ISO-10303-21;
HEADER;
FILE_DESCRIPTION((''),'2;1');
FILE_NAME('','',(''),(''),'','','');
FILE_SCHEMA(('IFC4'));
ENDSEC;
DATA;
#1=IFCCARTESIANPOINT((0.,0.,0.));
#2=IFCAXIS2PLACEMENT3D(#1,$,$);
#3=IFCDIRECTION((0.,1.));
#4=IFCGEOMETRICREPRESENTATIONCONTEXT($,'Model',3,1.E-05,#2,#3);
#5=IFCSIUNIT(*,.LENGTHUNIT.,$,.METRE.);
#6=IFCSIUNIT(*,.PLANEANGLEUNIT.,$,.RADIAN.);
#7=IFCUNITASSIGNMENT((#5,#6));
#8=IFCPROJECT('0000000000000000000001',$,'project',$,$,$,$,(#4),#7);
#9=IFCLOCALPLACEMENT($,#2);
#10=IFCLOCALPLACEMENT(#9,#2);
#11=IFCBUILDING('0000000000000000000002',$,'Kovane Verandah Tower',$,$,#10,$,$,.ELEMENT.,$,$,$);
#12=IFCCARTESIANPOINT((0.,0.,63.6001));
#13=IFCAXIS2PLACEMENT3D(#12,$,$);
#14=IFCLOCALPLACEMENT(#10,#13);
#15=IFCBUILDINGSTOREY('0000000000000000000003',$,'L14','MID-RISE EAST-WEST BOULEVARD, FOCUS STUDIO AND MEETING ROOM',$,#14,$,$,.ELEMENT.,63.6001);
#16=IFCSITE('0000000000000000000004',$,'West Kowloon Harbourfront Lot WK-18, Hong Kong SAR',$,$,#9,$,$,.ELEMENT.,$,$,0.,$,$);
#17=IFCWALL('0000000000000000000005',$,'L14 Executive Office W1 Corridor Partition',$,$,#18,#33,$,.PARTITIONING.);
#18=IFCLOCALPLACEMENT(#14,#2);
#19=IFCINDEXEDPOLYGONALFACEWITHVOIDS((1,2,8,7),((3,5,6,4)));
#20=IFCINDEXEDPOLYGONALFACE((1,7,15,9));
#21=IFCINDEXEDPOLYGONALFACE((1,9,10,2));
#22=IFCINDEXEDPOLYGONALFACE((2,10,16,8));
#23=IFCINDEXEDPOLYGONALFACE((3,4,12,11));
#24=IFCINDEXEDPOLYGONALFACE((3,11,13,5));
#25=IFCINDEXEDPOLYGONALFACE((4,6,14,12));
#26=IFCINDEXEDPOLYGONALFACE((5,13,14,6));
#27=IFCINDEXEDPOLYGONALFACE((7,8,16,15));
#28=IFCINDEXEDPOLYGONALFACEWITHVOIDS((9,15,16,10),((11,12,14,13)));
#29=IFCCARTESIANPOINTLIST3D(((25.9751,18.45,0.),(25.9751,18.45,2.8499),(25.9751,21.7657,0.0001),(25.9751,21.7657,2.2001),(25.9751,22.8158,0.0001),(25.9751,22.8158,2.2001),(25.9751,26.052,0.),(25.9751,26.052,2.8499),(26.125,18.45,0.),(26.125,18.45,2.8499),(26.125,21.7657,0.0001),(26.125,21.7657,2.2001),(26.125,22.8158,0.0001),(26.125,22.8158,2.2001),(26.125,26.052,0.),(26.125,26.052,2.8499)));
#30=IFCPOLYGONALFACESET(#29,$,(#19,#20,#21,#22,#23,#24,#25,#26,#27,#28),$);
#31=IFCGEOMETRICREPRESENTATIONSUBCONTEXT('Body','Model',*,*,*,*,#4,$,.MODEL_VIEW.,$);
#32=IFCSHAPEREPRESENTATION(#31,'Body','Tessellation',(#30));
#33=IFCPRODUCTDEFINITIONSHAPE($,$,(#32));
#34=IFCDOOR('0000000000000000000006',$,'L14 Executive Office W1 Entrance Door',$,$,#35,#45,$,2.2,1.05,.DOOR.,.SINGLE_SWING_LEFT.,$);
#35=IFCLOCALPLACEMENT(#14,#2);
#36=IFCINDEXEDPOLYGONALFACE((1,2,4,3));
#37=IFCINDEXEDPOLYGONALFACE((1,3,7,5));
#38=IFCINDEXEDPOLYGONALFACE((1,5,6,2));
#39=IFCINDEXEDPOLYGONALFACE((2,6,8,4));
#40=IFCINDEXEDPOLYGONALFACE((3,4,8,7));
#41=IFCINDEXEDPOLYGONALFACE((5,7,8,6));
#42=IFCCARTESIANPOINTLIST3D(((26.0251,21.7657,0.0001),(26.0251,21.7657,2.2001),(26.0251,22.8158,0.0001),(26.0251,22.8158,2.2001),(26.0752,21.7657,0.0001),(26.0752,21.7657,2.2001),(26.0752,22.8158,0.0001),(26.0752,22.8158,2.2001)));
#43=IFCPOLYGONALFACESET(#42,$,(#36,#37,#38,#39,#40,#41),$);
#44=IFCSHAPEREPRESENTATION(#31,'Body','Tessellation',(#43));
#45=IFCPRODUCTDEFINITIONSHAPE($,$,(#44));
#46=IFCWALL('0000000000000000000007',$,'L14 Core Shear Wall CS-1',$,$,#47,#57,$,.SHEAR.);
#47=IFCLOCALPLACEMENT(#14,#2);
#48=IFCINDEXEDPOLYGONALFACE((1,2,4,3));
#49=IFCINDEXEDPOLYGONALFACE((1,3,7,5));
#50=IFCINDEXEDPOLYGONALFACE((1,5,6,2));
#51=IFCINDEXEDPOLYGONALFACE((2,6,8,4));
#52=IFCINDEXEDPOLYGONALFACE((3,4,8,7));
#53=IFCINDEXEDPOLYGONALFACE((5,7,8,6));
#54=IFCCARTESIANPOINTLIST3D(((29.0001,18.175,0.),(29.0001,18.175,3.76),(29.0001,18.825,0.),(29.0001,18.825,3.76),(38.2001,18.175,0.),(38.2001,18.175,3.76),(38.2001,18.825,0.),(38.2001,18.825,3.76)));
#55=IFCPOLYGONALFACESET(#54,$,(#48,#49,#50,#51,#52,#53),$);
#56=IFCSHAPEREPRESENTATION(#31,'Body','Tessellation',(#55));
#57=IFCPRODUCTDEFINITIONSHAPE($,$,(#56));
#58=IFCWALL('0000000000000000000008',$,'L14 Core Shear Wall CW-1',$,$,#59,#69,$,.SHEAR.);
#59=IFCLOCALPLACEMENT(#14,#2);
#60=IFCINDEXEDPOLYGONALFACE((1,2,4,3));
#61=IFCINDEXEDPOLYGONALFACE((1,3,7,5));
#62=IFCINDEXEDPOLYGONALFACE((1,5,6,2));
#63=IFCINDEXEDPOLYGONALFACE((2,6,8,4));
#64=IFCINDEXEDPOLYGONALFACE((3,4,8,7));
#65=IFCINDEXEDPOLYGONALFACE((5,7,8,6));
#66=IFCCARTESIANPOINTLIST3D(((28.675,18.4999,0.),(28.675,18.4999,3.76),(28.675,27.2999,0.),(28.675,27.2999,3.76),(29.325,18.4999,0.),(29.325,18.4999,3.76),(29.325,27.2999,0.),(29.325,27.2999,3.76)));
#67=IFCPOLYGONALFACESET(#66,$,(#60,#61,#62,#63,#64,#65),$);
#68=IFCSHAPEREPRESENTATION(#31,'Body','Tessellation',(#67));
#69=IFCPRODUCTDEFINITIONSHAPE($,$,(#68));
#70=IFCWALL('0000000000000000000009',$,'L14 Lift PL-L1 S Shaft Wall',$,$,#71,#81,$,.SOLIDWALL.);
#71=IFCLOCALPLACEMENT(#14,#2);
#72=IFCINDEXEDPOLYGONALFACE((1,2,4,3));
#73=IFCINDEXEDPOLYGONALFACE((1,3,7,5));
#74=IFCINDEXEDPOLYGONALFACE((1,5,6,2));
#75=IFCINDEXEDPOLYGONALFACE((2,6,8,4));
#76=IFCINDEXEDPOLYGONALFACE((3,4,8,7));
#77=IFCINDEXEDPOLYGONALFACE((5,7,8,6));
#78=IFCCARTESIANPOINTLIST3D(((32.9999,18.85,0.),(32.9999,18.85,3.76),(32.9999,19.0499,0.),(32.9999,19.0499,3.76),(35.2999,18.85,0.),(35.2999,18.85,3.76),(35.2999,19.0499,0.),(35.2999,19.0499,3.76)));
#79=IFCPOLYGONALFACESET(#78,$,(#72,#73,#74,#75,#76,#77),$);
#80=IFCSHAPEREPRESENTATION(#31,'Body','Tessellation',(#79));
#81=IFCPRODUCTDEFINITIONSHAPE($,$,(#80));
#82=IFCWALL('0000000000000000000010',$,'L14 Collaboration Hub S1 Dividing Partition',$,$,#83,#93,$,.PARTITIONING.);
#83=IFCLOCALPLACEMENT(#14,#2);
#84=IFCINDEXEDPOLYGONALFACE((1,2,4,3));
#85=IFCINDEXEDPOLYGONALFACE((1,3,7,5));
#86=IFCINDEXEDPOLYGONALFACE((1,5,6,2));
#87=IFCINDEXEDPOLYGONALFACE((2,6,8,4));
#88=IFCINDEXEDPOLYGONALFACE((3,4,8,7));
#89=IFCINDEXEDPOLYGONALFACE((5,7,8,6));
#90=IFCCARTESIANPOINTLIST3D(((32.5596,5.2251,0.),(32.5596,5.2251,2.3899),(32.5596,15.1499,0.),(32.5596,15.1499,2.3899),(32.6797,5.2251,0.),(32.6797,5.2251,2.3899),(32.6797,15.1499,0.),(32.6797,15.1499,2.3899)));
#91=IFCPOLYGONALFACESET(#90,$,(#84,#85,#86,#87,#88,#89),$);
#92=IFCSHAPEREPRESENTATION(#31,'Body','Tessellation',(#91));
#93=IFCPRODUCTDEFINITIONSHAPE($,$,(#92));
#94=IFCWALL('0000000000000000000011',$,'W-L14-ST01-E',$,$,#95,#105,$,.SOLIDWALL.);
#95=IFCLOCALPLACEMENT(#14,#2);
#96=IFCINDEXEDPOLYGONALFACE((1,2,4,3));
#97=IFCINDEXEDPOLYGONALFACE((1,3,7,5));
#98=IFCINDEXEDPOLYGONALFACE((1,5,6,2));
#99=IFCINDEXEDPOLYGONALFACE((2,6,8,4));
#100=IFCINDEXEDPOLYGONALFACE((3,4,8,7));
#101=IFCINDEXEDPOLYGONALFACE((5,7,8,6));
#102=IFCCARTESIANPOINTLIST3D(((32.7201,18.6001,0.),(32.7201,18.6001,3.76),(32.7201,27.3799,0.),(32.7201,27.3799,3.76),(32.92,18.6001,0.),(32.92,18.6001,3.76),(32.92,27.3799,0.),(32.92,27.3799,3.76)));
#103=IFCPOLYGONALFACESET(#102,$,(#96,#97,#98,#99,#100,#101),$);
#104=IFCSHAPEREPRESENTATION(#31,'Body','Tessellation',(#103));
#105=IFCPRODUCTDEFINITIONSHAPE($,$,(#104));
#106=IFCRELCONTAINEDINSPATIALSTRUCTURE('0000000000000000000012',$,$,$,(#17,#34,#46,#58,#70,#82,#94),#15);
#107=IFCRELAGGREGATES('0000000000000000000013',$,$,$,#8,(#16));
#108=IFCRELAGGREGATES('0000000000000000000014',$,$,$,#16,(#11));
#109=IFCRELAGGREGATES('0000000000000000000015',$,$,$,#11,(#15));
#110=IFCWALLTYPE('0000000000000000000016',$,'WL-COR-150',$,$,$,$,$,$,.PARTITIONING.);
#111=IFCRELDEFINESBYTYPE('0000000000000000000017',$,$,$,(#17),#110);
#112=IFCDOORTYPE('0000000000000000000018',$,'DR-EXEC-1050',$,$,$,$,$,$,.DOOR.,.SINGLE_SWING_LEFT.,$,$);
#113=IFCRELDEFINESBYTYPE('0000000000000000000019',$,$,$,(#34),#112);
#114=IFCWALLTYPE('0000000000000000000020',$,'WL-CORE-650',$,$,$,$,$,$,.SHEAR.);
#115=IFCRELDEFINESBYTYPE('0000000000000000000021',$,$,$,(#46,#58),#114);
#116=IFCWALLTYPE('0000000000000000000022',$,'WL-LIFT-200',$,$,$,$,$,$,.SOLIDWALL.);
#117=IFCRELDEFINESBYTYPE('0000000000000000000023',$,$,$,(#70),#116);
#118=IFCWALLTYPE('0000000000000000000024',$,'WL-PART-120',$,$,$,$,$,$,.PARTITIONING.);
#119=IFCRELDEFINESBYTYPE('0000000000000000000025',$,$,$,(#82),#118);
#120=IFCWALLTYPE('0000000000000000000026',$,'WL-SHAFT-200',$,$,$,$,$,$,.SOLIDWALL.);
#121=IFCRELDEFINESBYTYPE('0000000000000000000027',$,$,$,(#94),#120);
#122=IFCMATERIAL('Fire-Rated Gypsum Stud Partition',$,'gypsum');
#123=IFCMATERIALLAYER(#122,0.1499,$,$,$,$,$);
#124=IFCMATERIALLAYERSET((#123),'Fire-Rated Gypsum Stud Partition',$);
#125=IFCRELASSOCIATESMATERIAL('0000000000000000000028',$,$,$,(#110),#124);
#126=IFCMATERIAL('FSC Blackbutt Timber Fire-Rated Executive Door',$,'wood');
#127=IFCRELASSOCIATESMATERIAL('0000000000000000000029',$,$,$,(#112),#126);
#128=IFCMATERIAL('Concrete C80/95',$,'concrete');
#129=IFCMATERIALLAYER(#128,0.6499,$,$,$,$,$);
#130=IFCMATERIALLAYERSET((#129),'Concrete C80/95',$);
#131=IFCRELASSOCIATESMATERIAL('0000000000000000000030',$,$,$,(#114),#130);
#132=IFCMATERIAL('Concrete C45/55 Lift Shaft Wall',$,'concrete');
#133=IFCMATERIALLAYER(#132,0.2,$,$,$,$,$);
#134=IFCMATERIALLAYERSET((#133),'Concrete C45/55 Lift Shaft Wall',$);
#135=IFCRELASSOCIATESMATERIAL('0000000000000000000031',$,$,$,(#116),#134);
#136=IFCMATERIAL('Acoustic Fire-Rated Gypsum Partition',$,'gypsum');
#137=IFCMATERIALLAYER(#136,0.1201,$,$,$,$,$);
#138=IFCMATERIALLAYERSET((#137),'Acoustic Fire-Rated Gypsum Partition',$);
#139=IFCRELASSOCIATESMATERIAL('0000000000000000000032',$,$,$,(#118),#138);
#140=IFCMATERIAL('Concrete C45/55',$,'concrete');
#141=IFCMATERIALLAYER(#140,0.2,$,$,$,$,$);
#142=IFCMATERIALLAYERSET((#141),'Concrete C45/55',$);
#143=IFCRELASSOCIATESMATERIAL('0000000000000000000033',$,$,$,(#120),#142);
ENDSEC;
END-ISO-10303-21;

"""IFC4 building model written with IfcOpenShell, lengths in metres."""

from ifc_helpers import new_model, si_unit, direction, frame, frame_2d, origin, place, context, subcontext, project, spatial, rectangle, extrude, material, layer, layer_set, type_object, element, fill, save


model = new_model("IFC4")

# Units and contexts
model_context = context("Model", 3, precision=1e-05, world=origin(), true_north=direction((0.0, 1.0)))
body_context = subcontext(model_context, "Body", "Model", "MODEL_VIEW")
ifc_project = project(units=[si_unit("LENGTHUNIT", "METRE"), si_unit("PLANEANGLEUNIT", "RADIAN")], contexts=[model_context])

# Site, building, storey
site_placement = place(None, origin())
site = spatial("IfcSite", under=ifc_project, at=site_placement, Name="West Kowloon Harbourfront Lot WK-18, Hong Kong SAR", CompositionType="ELEMENT", RefElevation=0.0)
building_placement = place(site_placement, origin())
building = spatial("IfcBuilding", under=site, at=building_placement, Name="Kovane Verandah Tower", CompositionType="ELEMENT")
storey_placement = place(building_placement, frame((0.0, 0.0, 63.6001)))
storey = spatial("IfcBuildingStorey", under=building, at=storey_placement, Name="L14", Description="MID-RISE EAST-WEST BOULEVARD, FOCUS STUDIO AND MEETING ROOM", CompositionType="ELEMENT", Elevation=63.6001)

# Shared definitions
ifc_material_1 = material(Name="Concrete C80/95", Category="concrete")

# Wall, opening, door
ifc_material_2 = material(Name="Fire-Rated Gypsum Stud Partition", Category="gypsum")
ifc_layer_1 = layer(ifc_material_2, 0.1499)
ifc_layer_set_1 = layer_set([ifc_layer_1], Name="Fire-Rated Gypsum Stud Partition")
wall_type_1 = type_object("IfcWallType", Name="WL-COR-150", PredefinedType="PARTITIONING", material=ifc_layer_set_1)
wall_1_placement = place(storey_placement, frame((26.05, 18.45, 0.0), z_axis=(0.0, 0.0, 1.0), x_axis=(0.0, 1.0, 0.0)))
wall_1 = element("IfcWall", 1, at=wall_1_placement, inside=storey, type_object=wall_type_1, Name="L14 Executive Office W1 Corridor Partition", PredefinedType="PARTITIONING", context=body_context, shape_type="SweptSolid", body=[
    extrude(rectangle(XDim=7.6021, YDim=0.1499, at=frame_2d((3.801, 0.0))), origin(), (0.0, 0.0, 1.0), 2.8499),
])
opening_1_placement = place(wall_1_placement, frame((3.3159, 0.0, 0.0)))
opening_1 = element("IfcOpeningElement", 2, at=opening_1_placement, cuts=wall_1, PredefinedType="OPENING", context=body_context, shape_type="SweptSolid", body=[
    extrude(rectangle(XDim=1.05, YDim=2.2, at=frame_2d((0.5249, 1.1001))), frame((0.0, 0.075, 0.0), z_axis=(0.0, -1.0, 0.0), x_axis=(1.0, 0.0, 0.0)), (0.0, 0.0, 1.0), 0.1499),
])
ifc_material_3 = material(Name="FSC Blackbutt Timber Fire-Rated Executive Door", Category="wood")
door_type_1 = type_object("IfcDoorType", Name="DR-EXEC-1050", OperationType="SINGLE_SWING_LEFT", PredefinedType="DOOR", material=ifc_material_3)
door_1_placement = place(opening_1_placement, origin())
door_1 = element("IfcDoor", 3, at=door_1_placement, inside=storey, type_object=door_type_1, Name="L14 Executive Office W1 Entrance Door", OperationType="SINGLE_SWING_LEFT", OverallHeight=2.2, OverallWidth=1.05, PredefinedType="DOOR", context=body_context, shape_type="SweptSolid", body=[
    extrude(rectangle(XDim=1.05, YDim=2.2, at=frame_2d((0.5249, 1.1001))), frame((0.0, 0.0249, 0.0), z_axis=(0.0, -1.0, 0.0), x_axis=(1.0, 0.0, 0.0)), (0.0, 0.0, 1.0), 0.05),
])
fill(opening_1, door_1)

# Walls
ifc_layer_2 = layer(ifc_material_1, 0.6499)
ifc_layer_set_2 = layer_set([ifc_layer_2], Name="Concrete C80/95")
wall_type_2 = type_object("IfcWallType", Name="WL-CORE-650", PredefinedType="SHEAR", material=ifc_layer_set_2)
wall_2_placement = place(storey_placement, frame((29.0, 18.5, 0.0), z_axis=(0.0, 0.0, 1.0), x_axis=(1.0, 0.0, 0.0)))
element("IfcWall", 4, at=wall_2_placement, inside=storey, type_object=wall_type_2, Name="L14 Core Shear Wall CS-1", PredefinedType="SHEAR", context=body_context, shape_type="SweptSolid", body=[
    extrude(rectangle(XDim=9.2, YDim=0.6499, at=frame_2d((4.6001, 0.0))), origin(), (0.0, 0.0, 1.0), 3.76),
])
wall_3_placement = place(storey_placement, frame((29.0, 18.5, 0.0), z_axis=(0.0, 0.0, 1.0), x_axis=(0.0, 1.0, 0.0)))
element("IfcWall", 5, at=wall_3_placement, inside=storey, type_object=wall_type_2, Name="L14 Core Shear Wall CW-1", PredefinedType="SHEAR", context=body_context, shape_type="SweptSolid", body=[
    extrude(rectangle(XDim=8.8, YDim=0.6499, at=frame_2d((4.3999, 0.0))), origin(), (0.0, 0.0, 1.0), 3.76),
])
ifc_material_4 = material(Name="Concrete C45/55 Lift Shaft Wall", Category="concrete")
ifc_layer_3 = layer(ifc_material_4, 0.2)
ifc_layer_set_3 = layer_set([ifc_layer_3], Name="Concrete C45/55 Lift Shaft Wall")
wall_type_3 = type_object("IfcWallType", Name="WL-LIFT-200", PredefinedType="SOLIDWALL", material=ifc_layer_set_3)
wall_4_placement = place(storey_placement, frame((33.0, 18.95, 0.0), z_axis=(0.0, 0.0, 1.0), x_axis=(1.0, 0.0, 0.0)))
element("IfcWall", 6, at=wall_4_placement, inside=storey, type_object=wall_type_3, Name="L14 Lift PL-L1 S Shaft Wall", PredefinedType="SOLIDWALL", context=body_context, shape_type="SweptSolid", body=[
    extrude(rectangle(XDim=2.3, YDim=0.2, at=frame_2d((1.1499, 0.0))), origin(), (0.0, 0.0, 1.0), 3.76),
])
ifc_material_5 = material(Name="Acoustic Fire-Rated Gypsum Partition", Category="gypsum")
ifc_layer_4 = layer(ifc_material_5, 0.1201)
ifc_layer_set_4 = layer_set([ifc_layer_4], Name="Acoustic Fire-Rated Gypsum Partition")
wall_type_4 = type_object("IfcWallType", Name="WL-PART-120", PredefinedType="PARTITIONING", material=ifc_layer_set_4)
wall_5_placement = place(storey_placement, frame((32.6196, 5.2251, 0.0), z_axis=(0.0, 0.0, 1.0), x_axis=(0.0, 1.0, 0.0)))
element("IfcWall", 7, at=wall_5_placement, inside=storey, type_object=wall_type_4, Name="L14 Collaboration Hub S1 Dividing Partition", PredefinedType="PARTITIONING", context=body_context, shape_type="SweptSolid", body=[
    extrude(rectangle(XDim=9.9248, YDim=0.1201, at=frame_2d((4.9624, 0.0))), origin(), (0.0, 0.0, 1.0), 2.3899),
])
ifc_material_6 = material(Name="Concrete C45/55", Category="concrete")
ifc_layer_5 = layer(ifc_material_6, 0.2)
ifc_layer_set_5 = layer_set([ifc_layer_5], Name="Concrete C45/55")
wall_type_5 = type_object("IfcWallType", Name="WL-SHAFT-200", PredefinedType="SOLIDWALL", material=ifc_layer_set_5)
wall_6_placement = place(storey_placement, frame((32.8201, 18.6001, 0.0), z_axis=(0.0, 0.0, 1.0), x_axis=(0.0, 1.0, 0.0)))
element("IfcWall", 8, at=wall_6_placement, inside=storey, type_object=wall_type_5, Name="W-L14-ST01-E", PredefinedType="SOLIDWALL", context=body_context, shape_type="SweptSolid", body=[
    extrude(rectangle(XDim=8.7798, YDim=0.2, at=frame_2d((4.3899, 0.0))), origin(), (0.0, 0.0, 1.0), 3.76),
])

save(model, "model.ifc")
